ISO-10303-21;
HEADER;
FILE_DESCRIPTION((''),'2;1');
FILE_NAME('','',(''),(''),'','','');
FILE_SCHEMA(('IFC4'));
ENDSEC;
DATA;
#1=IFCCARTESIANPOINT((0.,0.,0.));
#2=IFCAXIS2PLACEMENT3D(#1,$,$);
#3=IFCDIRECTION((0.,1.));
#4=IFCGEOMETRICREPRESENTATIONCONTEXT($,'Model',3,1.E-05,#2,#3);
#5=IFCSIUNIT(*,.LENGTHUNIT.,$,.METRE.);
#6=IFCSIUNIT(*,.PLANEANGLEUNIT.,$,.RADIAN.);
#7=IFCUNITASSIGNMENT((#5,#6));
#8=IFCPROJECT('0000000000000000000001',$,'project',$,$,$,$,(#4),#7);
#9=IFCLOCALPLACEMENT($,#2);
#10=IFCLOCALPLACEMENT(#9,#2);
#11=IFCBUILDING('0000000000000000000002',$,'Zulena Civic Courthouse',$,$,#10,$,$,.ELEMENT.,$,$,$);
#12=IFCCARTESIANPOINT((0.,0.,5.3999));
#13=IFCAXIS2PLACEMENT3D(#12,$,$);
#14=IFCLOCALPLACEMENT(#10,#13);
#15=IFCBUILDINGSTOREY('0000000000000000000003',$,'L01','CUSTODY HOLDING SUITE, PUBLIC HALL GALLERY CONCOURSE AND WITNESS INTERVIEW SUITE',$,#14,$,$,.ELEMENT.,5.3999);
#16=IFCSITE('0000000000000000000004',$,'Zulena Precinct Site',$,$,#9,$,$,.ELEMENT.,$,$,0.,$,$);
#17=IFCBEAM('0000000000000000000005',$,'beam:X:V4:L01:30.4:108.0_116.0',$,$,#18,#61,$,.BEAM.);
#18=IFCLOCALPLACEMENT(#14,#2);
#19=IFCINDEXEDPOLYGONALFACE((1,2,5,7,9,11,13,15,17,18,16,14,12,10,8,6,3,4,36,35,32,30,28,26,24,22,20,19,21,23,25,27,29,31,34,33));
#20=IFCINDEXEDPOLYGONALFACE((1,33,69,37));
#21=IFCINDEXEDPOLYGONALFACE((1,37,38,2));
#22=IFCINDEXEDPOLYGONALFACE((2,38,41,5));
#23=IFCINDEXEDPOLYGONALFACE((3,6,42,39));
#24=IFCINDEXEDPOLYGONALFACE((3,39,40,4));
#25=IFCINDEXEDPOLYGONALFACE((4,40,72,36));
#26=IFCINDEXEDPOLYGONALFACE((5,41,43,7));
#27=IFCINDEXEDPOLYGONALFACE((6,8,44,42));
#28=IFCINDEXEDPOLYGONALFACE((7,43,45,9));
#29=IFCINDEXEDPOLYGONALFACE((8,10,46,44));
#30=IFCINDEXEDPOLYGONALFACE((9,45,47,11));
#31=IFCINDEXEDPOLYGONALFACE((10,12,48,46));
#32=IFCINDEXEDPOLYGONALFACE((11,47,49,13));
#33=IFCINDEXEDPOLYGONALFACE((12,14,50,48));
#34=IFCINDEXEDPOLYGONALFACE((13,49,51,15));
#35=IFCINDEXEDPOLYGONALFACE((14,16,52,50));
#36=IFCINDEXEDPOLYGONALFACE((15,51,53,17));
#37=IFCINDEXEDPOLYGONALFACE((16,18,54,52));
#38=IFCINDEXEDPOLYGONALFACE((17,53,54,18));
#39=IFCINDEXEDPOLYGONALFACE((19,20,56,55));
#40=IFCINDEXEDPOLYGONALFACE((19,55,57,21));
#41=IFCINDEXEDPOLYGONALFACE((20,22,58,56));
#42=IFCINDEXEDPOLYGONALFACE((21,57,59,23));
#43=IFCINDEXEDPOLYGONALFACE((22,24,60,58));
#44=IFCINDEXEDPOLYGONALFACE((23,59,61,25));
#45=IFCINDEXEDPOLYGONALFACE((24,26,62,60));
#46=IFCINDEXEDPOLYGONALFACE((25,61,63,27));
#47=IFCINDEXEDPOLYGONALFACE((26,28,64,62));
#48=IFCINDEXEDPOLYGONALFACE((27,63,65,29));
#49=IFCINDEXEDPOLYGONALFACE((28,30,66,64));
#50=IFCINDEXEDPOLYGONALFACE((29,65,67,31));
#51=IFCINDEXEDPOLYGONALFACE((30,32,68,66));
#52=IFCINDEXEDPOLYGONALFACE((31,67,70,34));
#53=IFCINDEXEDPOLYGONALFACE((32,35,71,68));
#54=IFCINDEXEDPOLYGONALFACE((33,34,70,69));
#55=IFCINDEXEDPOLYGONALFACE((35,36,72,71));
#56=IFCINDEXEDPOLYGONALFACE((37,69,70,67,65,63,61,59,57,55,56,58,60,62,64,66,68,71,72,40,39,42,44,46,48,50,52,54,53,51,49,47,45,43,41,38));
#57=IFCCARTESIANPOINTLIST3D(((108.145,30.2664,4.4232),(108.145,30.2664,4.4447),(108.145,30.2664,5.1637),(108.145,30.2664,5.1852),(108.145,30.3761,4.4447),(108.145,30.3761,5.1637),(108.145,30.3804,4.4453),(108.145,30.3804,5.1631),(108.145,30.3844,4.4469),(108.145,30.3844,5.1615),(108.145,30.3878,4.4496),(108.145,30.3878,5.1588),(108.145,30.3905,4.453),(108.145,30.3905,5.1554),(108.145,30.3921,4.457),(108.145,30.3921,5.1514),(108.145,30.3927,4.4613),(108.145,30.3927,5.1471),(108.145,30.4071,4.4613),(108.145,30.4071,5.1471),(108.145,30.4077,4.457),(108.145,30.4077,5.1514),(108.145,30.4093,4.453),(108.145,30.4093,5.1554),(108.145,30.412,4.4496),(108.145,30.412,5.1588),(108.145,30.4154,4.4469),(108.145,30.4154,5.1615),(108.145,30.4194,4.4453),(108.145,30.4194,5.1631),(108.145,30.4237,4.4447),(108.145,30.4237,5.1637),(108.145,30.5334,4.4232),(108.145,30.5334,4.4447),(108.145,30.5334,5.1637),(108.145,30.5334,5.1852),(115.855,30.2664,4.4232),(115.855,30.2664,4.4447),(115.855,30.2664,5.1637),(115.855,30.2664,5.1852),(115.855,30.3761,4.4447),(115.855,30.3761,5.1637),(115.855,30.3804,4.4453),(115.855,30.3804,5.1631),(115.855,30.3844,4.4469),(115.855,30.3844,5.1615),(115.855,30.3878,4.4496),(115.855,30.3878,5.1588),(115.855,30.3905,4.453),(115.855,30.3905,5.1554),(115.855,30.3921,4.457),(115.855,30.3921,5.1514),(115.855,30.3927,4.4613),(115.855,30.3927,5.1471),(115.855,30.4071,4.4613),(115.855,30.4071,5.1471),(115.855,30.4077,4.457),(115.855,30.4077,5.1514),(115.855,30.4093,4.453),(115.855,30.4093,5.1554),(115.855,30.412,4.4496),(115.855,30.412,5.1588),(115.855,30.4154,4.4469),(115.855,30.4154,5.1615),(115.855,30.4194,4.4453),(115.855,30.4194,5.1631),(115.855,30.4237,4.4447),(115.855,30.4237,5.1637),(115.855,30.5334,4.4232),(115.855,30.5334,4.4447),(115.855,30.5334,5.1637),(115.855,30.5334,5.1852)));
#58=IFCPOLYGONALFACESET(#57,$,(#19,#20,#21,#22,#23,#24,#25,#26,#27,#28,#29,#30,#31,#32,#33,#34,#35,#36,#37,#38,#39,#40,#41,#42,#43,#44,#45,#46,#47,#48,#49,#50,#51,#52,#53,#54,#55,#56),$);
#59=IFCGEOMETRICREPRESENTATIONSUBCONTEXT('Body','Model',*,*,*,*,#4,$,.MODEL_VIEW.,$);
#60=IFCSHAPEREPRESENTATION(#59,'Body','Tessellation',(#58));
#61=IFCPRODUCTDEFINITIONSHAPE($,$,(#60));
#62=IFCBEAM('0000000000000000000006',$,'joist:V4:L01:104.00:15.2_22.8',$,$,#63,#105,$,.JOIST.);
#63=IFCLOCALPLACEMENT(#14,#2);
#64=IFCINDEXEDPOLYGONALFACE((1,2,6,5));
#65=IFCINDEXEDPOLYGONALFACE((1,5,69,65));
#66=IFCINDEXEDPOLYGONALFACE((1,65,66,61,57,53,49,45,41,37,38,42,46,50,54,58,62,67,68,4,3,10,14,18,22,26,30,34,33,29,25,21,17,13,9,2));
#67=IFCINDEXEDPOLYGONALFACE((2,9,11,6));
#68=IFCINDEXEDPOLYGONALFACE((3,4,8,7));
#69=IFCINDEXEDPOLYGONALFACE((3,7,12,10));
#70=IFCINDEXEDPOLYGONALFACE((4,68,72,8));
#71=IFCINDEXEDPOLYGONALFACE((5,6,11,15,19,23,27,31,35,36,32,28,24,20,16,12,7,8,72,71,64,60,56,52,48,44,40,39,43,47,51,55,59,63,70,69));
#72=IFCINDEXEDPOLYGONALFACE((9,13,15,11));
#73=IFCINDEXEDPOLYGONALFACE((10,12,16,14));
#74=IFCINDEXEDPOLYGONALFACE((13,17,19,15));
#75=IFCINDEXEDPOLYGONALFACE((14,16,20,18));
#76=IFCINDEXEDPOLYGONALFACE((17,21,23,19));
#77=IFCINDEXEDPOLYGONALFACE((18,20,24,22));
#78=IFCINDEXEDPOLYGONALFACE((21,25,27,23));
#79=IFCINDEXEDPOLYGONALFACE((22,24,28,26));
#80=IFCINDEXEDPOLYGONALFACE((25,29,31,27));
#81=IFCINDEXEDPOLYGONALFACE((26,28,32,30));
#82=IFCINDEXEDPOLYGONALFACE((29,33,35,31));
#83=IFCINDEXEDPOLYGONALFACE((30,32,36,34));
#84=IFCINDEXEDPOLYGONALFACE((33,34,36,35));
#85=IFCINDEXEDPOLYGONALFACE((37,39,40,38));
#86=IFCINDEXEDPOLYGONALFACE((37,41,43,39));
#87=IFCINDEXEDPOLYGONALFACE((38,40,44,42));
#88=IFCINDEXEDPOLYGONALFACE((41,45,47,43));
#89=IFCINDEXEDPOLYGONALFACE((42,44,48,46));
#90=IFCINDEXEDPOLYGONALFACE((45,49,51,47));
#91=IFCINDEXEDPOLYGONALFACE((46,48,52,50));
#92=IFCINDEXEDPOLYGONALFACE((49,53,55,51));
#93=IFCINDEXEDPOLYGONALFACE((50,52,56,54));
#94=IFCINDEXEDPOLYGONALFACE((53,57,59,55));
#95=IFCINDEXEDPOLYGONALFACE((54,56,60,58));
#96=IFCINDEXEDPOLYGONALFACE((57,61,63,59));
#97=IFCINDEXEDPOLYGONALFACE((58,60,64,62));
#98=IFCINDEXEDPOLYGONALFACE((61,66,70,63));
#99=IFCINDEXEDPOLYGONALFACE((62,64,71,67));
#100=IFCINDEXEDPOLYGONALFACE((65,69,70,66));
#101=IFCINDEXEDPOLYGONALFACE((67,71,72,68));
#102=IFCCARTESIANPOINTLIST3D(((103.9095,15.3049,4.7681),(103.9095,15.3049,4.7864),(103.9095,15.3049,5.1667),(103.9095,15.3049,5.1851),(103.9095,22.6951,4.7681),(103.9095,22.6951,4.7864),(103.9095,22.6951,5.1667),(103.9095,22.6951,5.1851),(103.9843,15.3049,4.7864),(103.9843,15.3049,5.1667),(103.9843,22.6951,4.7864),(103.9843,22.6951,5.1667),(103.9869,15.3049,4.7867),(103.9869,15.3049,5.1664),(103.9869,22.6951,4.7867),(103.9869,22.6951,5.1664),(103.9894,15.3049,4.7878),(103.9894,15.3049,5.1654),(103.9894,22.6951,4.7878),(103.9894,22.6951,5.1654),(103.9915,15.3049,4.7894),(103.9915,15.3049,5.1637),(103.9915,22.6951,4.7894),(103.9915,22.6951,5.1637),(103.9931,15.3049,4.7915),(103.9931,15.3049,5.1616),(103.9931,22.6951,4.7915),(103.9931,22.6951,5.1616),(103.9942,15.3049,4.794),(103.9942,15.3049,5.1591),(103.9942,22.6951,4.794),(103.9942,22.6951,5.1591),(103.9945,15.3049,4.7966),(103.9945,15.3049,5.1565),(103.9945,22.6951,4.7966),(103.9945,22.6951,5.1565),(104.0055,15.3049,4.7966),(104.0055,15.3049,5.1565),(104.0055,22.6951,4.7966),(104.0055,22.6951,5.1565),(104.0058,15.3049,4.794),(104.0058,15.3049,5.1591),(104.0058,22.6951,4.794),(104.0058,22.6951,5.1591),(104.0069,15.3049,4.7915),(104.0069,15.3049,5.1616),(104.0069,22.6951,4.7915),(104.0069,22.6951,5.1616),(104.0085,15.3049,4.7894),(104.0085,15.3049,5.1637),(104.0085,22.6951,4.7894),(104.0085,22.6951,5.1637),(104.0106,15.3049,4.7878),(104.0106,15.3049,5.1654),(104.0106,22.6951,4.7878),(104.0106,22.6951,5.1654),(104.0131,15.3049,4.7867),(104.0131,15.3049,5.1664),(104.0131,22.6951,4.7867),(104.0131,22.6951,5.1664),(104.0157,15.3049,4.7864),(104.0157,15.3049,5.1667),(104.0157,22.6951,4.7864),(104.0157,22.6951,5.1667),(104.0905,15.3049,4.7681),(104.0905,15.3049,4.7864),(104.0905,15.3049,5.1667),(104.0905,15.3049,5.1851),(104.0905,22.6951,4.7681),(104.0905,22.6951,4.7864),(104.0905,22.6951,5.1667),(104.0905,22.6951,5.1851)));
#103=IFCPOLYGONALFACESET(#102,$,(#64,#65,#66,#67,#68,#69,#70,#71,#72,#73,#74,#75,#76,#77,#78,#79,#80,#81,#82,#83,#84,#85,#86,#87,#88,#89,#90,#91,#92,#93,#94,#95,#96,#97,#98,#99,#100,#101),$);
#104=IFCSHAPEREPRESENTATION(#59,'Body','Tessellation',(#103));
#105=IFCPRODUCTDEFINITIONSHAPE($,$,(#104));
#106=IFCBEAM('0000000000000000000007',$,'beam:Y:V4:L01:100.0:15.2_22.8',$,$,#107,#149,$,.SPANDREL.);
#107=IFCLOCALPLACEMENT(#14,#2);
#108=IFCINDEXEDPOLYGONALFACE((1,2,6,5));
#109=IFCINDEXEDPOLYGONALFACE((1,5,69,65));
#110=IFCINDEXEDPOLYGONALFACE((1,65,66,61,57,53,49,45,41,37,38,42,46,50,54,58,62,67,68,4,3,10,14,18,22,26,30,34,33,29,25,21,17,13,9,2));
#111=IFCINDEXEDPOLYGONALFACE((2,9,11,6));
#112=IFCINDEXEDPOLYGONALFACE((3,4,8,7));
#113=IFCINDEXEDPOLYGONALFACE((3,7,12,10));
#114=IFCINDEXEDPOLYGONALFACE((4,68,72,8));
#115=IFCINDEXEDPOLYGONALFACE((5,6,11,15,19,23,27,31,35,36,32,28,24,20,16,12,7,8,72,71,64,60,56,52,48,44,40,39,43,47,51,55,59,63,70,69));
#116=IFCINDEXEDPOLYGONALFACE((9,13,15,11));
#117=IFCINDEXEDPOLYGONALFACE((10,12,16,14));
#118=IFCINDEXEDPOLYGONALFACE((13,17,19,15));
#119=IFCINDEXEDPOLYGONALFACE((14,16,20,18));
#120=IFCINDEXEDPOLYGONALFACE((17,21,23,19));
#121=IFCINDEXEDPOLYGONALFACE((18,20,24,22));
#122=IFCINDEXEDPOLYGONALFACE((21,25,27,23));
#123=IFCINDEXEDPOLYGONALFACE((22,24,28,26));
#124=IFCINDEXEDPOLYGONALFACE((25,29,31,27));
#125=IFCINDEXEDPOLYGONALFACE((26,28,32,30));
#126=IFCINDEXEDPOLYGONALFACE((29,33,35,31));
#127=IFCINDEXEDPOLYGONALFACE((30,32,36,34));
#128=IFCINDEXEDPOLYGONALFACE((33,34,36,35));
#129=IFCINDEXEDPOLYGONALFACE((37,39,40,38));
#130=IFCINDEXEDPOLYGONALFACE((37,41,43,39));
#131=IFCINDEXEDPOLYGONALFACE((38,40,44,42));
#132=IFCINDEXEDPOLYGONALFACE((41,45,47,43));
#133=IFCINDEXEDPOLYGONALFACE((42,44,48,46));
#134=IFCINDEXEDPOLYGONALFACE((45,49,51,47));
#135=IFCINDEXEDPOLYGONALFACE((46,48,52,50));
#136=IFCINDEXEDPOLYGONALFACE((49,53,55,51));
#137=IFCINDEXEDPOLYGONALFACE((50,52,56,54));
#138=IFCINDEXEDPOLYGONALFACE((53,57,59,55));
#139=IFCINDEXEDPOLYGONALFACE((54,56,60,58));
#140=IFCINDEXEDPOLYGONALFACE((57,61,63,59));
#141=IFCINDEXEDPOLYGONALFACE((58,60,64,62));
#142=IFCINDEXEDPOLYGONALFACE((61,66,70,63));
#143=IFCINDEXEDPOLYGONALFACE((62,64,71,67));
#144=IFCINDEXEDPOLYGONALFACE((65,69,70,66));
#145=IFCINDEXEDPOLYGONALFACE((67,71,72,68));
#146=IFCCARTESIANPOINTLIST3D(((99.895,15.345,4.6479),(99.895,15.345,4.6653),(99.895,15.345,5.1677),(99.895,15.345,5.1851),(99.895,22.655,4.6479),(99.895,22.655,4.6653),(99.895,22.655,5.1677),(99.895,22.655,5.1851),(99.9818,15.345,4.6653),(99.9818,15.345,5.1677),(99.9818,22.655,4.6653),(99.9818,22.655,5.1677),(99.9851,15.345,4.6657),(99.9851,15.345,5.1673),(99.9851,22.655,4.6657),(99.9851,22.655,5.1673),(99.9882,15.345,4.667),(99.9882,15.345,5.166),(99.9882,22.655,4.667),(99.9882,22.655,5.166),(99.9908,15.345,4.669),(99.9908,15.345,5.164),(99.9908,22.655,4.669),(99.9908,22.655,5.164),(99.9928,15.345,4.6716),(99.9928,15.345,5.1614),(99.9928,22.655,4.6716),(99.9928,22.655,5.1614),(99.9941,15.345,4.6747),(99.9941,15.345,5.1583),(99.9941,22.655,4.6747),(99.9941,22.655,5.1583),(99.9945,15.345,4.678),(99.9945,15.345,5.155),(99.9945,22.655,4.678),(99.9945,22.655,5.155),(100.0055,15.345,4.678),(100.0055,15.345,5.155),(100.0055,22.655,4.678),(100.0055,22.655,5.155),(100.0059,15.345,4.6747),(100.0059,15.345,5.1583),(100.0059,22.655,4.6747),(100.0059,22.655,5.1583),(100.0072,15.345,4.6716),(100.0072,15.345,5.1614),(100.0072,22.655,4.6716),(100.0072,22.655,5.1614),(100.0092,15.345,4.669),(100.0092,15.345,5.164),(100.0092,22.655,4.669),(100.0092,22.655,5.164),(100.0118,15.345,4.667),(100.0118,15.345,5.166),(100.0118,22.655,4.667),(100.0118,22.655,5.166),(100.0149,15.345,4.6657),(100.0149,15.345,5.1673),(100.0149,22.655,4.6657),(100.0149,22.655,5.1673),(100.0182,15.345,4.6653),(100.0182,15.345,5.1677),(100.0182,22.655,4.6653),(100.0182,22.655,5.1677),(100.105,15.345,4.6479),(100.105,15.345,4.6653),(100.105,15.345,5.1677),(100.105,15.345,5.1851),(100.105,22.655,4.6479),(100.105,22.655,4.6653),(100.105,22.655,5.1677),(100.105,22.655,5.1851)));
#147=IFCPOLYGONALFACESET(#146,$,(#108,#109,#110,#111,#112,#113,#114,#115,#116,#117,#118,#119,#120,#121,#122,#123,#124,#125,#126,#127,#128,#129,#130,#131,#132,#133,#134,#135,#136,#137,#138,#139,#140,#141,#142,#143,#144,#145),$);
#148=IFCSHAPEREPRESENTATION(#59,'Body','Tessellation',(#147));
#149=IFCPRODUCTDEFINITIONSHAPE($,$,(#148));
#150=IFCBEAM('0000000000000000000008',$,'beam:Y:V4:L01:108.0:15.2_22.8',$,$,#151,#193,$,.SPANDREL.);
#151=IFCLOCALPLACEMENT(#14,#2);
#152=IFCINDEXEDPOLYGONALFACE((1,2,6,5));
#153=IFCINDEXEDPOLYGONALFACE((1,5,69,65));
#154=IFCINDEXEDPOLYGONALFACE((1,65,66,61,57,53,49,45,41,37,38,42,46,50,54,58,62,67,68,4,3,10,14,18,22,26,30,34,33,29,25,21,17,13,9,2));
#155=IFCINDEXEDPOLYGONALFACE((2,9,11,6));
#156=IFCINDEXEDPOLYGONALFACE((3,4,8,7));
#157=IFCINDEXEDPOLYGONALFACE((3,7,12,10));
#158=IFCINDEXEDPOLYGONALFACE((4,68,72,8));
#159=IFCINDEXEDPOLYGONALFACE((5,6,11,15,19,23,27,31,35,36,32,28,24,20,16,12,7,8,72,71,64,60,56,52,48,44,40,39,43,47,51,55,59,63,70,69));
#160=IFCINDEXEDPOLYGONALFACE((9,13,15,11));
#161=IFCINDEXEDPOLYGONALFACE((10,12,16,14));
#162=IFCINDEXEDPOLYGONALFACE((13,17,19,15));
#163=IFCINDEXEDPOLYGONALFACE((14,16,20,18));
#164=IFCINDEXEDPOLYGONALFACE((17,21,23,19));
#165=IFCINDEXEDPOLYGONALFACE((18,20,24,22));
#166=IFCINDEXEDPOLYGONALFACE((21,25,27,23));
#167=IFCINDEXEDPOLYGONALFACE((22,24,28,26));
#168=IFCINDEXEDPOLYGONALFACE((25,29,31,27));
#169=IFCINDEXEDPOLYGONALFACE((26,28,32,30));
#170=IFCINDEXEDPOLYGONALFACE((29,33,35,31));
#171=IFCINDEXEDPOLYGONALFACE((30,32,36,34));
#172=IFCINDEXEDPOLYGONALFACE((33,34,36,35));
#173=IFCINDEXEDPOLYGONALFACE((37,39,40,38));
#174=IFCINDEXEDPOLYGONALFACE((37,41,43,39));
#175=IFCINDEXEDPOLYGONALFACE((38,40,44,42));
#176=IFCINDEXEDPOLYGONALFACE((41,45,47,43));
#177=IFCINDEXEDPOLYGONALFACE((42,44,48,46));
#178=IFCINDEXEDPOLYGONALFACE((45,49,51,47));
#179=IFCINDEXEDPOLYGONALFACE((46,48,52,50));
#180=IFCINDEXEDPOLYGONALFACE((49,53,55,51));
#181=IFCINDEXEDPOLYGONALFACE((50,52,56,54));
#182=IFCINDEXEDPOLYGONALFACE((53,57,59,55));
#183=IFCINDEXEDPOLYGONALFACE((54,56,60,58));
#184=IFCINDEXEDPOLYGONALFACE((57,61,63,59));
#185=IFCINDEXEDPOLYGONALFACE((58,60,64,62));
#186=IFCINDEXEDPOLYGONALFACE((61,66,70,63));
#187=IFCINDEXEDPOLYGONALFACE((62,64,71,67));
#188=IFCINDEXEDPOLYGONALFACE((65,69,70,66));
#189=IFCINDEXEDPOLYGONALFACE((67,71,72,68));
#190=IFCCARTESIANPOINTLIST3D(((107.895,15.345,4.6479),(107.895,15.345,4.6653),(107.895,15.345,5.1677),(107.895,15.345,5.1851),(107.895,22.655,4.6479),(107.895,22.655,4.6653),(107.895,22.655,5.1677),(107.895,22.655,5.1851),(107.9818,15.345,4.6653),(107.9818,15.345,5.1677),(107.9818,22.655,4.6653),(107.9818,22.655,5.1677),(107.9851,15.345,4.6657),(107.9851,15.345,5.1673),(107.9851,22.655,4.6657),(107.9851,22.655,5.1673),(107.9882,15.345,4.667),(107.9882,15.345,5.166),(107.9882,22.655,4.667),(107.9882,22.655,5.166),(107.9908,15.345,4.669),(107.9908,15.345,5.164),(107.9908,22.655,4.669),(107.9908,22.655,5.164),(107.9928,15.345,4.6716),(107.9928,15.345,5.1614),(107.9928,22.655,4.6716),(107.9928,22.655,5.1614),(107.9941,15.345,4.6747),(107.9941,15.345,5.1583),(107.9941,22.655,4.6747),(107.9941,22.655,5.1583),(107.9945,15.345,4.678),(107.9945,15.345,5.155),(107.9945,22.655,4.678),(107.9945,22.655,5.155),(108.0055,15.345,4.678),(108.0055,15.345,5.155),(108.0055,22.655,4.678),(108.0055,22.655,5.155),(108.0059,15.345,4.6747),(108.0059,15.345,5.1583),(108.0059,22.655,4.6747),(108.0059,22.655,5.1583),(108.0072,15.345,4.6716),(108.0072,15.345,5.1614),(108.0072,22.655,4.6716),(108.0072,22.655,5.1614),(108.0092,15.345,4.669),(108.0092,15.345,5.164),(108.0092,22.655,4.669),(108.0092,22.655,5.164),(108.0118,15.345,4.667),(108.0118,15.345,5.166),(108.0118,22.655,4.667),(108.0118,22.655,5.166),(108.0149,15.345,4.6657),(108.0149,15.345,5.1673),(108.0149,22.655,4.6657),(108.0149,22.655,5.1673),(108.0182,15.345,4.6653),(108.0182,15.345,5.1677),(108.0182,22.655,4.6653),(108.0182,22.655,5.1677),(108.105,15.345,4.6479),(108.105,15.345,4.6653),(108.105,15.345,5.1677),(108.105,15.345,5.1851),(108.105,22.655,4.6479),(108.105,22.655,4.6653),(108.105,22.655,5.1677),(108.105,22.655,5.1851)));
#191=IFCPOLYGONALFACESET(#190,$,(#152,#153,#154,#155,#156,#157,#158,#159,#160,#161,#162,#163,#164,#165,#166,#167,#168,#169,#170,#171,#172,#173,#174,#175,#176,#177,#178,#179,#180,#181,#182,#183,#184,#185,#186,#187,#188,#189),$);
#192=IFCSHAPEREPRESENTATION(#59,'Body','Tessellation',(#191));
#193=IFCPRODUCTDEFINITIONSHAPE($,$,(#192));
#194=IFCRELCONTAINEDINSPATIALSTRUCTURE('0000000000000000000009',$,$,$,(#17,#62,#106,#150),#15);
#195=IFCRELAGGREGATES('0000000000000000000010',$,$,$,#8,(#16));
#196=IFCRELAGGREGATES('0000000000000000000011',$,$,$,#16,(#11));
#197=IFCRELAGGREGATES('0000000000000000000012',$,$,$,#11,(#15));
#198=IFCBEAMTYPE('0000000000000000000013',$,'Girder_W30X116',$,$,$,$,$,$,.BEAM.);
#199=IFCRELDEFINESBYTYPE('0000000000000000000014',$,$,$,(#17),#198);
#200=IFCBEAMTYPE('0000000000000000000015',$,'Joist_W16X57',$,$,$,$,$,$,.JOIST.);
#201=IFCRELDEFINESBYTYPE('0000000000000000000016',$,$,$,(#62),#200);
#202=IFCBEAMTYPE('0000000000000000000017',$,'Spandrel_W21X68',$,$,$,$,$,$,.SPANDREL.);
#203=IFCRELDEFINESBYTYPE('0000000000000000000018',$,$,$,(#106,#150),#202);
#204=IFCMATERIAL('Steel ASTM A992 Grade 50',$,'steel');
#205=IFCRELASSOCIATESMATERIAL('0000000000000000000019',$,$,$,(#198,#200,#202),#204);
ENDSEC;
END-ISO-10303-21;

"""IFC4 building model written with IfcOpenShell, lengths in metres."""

from ifc_helpers import new_model, si_unit, direction, frame, origin, origin_2d, place, context, subcontext, project, spatial, i_section, extrude, material, material_profile, profile_set, type_object, element, save


model = new_model("IFC4")

# Units and contexts
model_context = context("Model", 3, precision=1e-05, world=origin(), true_north=direction((0.0, 1.0)))
body_context = subcontext(model_context, "Body", "Model", "MODEL_VIEW")
ifc_project = project(units=[si_unit("LENGTHUNIT", "METRE"), si_unit("PLANEANGLEUNIT", "RADIAN")], contexts=[model_context])

# Site, building, storey
site_placement = place(None, origin())
site = spatial("IfcSite", under=ifc_project, at=site_placement, Name="Zulena Precinct Site", CompositionType="ELEMENT", RefElevation=0.0)
building_placement = place(site_placement, origin())
building = spatial("IfcBuilding", under=site, at=building_placement, Name="Zulena Civic Courthouse", CompositionType="ELEMENT")
storey_placement = place(building_placement, frame((0.0, 0.0, 5.3999)))
storey = spatial("IfcBuildingStorey", under=building, at=storey_placement, Name="L01", Description="CUSTODY HOLDING SUITE, PUBLIC HALL GALLERY CONCOURSE AND WITNESS INTERVIEW SUITE", CompositionType="ELEMENT", Elevation=5.3999)

# Shared definitions
ifc_material_1 = material(Name="Steel ASTM A992 Grade 50", Category="steel")

# Beams
ifc_material_profile_1 = material_profile(ifc_material_1, i_section(OverallWidth=0.2671, OverallDepth=0.762, WebThickness=0.0144, FlangeThickness=0.0215, FilletRadius=0.0166, at=origin_2d()), Name="W30X116")
ifc_profile_set_1 = profile_set([ifc_material_profile_1], Name="Steel ASTM A992 Grade 50")
beam_type_1 = type_object("IfcBeamType", Name="Girder_W30X116", PredefinedType="BEAM", material=ifc_profile_set_1)
for number, where, z_axis, x_axis, name in (
    (1, (108.145, 30.3999, 4.8042), (1.0, 0.0, 0.0), (0.0, 1.0, 0.0), "beam:X:V4:L01:30.4:108.0_116.0"),
):
    element("IfcBeam", number, at=place(storey_placement, frame(where, z_axis=z_axis, x_axis=x_axis)), inside=storey, type_object=beam_type_1, Name=name, PredefinedType="BEAM", context=body_context, shape_type="SweptSolid", body=[
        extrude(i_section(OverallWidth=0.2671, OverallDepth=0.762, WebThickness=0.0144, FlangeThickness=0.0215, FilletRadius=0.0166, at=origin_2d()), origin(), (0.0, 0.0, 1.0), 7.71),
    ])
ifc_material_profile_2 = material_profile(ifc_material_1, i_section(OverallWidth=0.1809, OverallDepth=0.417, WebThickness=0.011, FlangeThickness=0.0183, FilletRadius=0.0103, at=origin_2d()), Name="W16X57")
ifc_profile_set_2 = profile_set([ifc_material_profile_2], Name="Steel ASTM A992 Grade 50")
beam_type_2 = type_object("IfcBeamType", Name="Joist_W16X57", PredefinedType="JOIST", material=ifc_profile_set_2)
beam_1_placement = place(storey_placement, frame((104.0, 15.3049, 4.9766), z_axis=(0.0, 1.0, 0.0), x_axis=(-1.0, 0.0, 0.0)))
element("IfcBeam", 2, at=beam_1_placement, inside=storey, type_object=beam_type_2, Name="joist:V4:L01:104.00:15.2_22.8", PredefinedType="JOIST", context=body_context, shape_type="SweptSolid", body=[
    extrude(i_section(OverallWidth=0.1809, OverallDepth=0.417, WebThickness=0.011, FlangeThickness=0.0183, FilletRadius=0.0103, at=origin_2d()), origin(), (0.0, 0.0, 1.0), 7.3901),
])
ifc_material_profile_3 = material_profile(ifc_material_1, i_section(OverallWidth=0.21, OverallDepth=0.5371, WebThickness=0.011, FlangeThickness=0.0173, FilletRadius=0.0127, at=origin_2d()), Name="W21X68")
ifc_profile_set_3 = profile_set([ifc_material_profile_3], Name="Steel ASTM A992 Grade 50")
beam_type_3 = type_object("IfcBeamType", Name="Spandrel_W21X68", PredefinedType="SPANDREL", material=ifc_profile_set_3)
for number, where, z_axis, x_axis, name in (
    (3, (100.0, 15.345, 4.9165), (0.0, 1.0, 0.0), (-1.0, 0.0, 0.0), "beam:Y:V4:L01:100.0:15.2_22.8"),
    (4, (108.0, 15.345, 4.9165), (0.0, 1.0, 0.0), (-1.0, 0.0, 0.0), "beam:Y:V4:L01:108.0:15.2_22.8"),
):
    element("IfcBeam", number, at=place(storey_placement, frame(where, z_axis=z_axis, x_axis=x_axis)), inside=storey, type_object=beam_type_3, Name=name, PredefinedType="SPANDREL", context=body_context, shape_type="SweptSolid", body=[
        extrude(i_section(OverallWidth=0.21, OverallDepth=0.5371, WebThickness=0.011, FlangeThickness=0.0173, FilletRadius=0.0127, at=origin_2d()), origin(), (0.0, 0.0, 1.0), 7.3101),
    ])

save(model, "model.ifc")
